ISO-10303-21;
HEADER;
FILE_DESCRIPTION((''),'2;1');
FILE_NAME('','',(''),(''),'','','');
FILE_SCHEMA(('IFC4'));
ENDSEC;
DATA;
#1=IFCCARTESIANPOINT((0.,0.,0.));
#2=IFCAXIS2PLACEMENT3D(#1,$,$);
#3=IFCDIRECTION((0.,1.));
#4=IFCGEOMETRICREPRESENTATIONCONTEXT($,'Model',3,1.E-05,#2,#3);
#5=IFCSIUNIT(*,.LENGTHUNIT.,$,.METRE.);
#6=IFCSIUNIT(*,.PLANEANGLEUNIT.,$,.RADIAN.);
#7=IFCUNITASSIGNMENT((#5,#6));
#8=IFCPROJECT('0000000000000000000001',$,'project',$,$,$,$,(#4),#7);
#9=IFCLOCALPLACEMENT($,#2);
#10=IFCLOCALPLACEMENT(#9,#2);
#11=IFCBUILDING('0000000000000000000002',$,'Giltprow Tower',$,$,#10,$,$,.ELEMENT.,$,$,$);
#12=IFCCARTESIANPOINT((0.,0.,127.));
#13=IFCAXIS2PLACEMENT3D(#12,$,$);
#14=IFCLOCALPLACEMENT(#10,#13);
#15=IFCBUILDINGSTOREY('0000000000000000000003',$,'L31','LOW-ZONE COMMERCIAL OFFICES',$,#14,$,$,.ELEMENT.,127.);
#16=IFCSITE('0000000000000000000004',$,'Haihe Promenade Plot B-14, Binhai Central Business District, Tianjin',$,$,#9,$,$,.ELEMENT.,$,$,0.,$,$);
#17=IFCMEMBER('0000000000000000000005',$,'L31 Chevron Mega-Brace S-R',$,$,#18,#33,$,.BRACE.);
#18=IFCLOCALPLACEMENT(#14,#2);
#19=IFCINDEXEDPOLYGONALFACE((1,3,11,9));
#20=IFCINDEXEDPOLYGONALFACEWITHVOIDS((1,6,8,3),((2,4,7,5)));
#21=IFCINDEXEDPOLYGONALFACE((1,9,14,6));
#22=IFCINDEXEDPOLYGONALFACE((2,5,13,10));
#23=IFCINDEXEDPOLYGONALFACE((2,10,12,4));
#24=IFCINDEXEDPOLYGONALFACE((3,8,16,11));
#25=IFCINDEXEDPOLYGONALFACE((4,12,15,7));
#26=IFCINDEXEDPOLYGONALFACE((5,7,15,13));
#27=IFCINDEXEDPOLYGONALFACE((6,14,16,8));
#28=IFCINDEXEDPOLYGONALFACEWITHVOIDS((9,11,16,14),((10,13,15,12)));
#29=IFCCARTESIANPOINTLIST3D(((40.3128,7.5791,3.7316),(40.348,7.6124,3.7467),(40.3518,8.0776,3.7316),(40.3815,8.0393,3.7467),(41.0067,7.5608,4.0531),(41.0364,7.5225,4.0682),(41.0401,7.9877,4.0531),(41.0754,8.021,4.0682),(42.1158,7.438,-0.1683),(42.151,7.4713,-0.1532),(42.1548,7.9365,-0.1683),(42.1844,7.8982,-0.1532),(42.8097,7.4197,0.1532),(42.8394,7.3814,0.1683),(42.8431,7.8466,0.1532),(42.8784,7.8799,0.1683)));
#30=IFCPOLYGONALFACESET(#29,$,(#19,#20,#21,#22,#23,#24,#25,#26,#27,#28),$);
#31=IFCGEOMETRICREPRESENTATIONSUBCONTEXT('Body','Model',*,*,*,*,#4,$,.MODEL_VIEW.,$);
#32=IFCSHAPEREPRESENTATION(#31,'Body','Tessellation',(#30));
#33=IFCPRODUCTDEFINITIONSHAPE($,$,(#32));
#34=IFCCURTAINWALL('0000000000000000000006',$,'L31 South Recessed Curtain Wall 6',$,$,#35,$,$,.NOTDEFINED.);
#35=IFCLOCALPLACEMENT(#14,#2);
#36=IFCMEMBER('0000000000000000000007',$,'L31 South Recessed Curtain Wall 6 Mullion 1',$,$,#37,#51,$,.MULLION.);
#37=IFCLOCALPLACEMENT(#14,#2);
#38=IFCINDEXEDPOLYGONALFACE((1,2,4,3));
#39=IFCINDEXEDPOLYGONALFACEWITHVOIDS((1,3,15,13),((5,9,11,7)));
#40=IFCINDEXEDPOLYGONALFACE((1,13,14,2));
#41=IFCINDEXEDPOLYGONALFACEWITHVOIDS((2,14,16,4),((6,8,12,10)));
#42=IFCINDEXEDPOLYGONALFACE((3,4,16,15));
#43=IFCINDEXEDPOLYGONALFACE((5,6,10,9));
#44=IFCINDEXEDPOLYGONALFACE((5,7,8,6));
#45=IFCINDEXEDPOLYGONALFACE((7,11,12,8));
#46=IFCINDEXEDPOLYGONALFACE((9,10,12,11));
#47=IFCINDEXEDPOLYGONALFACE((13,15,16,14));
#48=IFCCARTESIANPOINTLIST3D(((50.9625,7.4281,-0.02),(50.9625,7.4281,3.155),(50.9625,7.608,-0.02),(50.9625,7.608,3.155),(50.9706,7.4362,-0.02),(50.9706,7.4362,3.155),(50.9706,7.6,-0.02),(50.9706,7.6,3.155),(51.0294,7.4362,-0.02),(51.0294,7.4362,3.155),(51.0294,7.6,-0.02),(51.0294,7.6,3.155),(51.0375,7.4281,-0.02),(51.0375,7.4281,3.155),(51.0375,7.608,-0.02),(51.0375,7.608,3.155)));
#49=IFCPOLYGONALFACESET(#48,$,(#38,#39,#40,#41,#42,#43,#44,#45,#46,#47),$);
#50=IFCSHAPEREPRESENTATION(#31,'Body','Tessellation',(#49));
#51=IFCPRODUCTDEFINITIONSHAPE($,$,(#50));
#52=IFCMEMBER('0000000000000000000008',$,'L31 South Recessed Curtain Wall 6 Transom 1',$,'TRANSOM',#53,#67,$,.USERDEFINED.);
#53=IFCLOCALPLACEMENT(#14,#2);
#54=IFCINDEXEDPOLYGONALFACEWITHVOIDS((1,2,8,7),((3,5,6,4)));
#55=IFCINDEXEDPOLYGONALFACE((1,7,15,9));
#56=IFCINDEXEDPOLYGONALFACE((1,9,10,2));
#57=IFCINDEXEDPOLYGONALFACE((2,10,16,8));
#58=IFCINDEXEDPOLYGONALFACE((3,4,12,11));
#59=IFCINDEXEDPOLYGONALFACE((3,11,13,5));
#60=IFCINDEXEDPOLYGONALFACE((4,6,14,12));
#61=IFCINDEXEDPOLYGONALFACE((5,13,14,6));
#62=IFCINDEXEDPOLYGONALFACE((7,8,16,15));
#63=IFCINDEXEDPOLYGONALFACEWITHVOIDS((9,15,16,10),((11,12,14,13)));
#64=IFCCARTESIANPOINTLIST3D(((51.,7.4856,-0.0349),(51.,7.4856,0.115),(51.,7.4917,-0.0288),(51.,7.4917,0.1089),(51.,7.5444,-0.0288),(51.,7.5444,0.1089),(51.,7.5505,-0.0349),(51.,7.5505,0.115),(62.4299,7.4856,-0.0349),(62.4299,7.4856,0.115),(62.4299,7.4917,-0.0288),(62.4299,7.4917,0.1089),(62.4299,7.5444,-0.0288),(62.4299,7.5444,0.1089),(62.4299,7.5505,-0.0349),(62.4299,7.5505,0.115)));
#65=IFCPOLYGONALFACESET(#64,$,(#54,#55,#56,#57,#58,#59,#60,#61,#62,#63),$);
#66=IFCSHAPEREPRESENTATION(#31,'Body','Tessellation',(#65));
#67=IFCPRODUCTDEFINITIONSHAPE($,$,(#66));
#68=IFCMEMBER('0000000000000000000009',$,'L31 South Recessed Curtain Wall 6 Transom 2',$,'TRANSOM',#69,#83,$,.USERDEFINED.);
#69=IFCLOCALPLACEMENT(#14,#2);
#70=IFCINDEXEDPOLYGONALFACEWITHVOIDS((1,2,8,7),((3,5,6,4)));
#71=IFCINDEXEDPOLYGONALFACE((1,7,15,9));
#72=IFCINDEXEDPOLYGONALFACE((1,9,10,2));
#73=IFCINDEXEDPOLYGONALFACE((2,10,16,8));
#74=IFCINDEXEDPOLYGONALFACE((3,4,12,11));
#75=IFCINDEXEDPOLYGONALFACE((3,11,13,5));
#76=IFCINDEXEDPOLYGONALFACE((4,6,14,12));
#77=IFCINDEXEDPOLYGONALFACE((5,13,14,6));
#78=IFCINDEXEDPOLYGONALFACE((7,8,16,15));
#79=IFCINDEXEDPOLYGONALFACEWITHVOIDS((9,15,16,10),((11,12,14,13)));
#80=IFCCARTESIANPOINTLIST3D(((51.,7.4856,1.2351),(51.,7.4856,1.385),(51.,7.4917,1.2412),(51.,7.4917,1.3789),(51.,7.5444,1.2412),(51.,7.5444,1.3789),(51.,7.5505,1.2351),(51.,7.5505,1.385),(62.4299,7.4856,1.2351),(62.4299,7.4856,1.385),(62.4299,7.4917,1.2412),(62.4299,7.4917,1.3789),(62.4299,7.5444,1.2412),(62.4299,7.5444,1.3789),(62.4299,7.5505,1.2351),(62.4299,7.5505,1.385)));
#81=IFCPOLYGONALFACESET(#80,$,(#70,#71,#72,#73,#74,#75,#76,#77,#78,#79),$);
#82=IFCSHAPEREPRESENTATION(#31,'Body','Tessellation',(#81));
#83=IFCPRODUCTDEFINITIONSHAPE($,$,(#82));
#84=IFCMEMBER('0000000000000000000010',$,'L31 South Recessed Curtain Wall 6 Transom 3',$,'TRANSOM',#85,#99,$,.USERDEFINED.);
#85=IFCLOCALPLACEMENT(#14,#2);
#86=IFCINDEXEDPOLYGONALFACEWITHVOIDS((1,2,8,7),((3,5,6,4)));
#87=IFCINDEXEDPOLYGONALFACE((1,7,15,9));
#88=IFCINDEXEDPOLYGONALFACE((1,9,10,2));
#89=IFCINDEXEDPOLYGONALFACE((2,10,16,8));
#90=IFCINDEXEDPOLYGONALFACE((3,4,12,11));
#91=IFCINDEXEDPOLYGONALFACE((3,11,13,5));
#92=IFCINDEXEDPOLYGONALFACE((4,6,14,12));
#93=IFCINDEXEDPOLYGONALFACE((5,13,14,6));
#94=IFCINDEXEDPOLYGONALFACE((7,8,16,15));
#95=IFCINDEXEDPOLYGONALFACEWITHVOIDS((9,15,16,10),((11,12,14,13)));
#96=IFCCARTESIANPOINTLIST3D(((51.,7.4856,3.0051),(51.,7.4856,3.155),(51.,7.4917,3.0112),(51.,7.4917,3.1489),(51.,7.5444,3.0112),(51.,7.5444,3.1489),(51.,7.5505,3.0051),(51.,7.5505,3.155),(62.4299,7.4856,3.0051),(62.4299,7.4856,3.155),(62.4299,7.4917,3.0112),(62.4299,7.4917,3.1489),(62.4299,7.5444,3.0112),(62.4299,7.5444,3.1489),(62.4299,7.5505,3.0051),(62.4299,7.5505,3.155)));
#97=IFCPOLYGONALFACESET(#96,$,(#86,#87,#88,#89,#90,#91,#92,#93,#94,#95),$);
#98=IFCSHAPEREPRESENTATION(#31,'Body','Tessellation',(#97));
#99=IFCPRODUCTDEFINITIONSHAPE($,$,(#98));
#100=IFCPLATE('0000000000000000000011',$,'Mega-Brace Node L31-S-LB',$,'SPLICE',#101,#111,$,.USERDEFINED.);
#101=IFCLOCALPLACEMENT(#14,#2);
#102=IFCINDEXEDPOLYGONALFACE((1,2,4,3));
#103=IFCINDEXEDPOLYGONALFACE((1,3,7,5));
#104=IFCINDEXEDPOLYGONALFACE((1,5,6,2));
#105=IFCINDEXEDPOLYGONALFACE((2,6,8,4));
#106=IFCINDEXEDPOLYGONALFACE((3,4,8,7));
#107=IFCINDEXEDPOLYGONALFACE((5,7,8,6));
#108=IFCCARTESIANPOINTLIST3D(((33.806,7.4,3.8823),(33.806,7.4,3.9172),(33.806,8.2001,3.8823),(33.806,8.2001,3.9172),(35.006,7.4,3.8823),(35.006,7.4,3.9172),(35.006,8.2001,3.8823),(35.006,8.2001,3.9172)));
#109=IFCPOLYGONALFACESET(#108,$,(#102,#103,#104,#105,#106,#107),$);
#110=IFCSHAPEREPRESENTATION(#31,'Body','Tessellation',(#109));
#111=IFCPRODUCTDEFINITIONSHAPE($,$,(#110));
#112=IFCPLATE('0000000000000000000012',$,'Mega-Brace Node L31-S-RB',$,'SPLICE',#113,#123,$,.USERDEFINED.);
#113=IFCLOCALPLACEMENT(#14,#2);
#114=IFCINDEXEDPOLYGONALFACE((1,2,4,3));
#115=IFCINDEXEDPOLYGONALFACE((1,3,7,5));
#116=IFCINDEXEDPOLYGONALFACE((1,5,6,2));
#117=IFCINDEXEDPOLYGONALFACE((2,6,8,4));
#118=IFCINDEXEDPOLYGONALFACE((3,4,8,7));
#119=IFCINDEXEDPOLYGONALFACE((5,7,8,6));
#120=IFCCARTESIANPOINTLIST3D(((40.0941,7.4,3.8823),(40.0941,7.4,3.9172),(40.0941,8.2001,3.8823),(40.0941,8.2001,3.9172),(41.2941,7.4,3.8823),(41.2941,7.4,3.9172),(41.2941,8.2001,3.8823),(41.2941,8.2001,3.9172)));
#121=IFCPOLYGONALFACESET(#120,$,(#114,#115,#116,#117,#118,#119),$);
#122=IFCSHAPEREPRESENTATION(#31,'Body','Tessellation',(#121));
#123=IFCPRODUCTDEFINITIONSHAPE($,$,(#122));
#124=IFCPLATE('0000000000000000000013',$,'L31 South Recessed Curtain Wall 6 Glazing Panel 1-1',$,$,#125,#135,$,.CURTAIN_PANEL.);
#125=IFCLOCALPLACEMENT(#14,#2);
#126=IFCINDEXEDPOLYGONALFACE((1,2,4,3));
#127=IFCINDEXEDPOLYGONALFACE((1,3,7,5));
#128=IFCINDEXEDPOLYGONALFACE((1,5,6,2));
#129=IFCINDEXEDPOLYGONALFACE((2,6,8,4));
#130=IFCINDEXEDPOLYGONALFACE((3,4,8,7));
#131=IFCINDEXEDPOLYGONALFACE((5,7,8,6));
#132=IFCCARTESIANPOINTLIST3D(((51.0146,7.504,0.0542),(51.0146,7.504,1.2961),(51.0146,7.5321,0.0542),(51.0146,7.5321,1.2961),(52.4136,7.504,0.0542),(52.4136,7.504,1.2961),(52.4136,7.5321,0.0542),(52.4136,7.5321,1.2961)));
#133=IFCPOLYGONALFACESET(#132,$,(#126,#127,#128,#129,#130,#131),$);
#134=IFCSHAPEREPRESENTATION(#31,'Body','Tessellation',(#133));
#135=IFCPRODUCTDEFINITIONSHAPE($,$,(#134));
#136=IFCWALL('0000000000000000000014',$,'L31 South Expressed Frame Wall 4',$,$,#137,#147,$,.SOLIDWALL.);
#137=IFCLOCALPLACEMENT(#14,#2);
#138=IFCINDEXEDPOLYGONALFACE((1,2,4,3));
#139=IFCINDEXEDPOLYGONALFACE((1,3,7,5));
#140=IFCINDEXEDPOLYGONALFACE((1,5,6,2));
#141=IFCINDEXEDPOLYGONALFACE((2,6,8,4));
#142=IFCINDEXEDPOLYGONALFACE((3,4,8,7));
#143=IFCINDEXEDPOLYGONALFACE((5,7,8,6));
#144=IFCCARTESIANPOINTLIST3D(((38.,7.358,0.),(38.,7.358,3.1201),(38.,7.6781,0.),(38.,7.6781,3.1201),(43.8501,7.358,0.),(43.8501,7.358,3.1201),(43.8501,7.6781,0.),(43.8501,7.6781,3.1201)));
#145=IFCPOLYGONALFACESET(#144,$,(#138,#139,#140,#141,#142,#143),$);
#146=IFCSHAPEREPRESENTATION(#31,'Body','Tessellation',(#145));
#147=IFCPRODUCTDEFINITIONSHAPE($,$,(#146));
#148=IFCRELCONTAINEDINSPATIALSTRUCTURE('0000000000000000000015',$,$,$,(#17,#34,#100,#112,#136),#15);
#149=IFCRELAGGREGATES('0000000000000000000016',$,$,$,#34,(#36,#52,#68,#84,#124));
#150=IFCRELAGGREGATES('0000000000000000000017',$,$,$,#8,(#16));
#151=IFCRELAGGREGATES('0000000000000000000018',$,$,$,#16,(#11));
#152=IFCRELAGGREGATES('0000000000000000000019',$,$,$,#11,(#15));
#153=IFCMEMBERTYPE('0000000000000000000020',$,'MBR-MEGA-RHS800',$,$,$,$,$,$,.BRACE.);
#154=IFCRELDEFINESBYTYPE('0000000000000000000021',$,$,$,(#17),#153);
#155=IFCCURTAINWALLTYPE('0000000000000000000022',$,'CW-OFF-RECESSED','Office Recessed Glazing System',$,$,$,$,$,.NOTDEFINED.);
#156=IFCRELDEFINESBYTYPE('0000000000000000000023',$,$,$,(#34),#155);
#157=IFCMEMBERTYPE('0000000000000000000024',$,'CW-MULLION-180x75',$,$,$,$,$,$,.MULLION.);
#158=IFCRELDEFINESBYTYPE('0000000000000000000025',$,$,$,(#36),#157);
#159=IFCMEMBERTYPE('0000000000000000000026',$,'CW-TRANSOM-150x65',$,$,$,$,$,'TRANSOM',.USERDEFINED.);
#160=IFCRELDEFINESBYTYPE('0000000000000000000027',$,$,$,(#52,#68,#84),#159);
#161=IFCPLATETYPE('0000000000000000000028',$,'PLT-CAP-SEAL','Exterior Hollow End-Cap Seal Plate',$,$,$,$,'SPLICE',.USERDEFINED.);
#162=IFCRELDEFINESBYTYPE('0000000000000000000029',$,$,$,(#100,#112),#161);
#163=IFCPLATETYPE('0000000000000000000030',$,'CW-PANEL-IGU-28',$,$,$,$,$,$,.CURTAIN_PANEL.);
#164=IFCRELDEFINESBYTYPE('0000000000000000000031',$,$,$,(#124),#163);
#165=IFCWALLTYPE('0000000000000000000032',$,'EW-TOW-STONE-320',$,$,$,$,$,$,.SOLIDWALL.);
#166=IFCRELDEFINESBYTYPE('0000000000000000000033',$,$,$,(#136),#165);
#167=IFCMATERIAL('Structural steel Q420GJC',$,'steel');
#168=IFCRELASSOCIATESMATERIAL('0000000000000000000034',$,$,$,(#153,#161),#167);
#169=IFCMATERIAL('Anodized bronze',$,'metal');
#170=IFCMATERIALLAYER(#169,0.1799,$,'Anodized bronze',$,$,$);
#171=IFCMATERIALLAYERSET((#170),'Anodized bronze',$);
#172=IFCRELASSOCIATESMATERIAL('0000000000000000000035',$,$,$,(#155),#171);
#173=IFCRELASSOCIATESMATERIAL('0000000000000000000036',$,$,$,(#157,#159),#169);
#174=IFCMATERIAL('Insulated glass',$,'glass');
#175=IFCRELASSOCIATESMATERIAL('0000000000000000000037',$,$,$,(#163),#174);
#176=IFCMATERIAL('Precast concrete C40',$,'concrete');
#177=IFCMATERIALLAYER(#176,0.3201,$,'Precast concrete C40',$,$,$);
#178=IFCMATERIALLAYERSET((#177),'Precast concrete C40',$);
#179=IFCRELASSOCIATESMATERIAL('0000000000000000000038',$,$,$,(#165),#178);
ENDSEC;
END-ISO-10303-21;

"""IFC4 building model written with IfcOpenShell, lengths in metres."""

from ifc_helpers import new_model, si_unit, direction, frame, frame_2d, origin, origin_2d, place, context, subcontext, project, spatial, rectangle, hollow_rectangle, extrude, source, transform, mapped, material, layer, layer_set, material_profile, profile_set, type_object, element, aggregate, save


model = new_model("IFC4")

# Units and contexts
model_context = context("Model", 3, precision=1e-05, world=origin(), true_north=direction((0.0, 1.0)))
body_context = subcontext(model_context, "Body", "Model", "MODEL_VIEW")
ifc_project = project(units=[si_unit("LENGTHUNIT", "METRE"), si_unit("PLANEANGLEUNIT", "RADIAN")], contexts=[model_context])

# Site, building, storey
site_placement = place(None, origin())
site = spatial("IfcSite", under=ifc_project, at=site_placement, Name="Haihe Promenade Plot B-14, Binhai Central Business District, Tianjin", CompositionType="ELEMENT", RefElevation=0.0)
building_placement = place(site_placement, origin())
building = spatial("IfcBuilding", under=site, at=building_placement, Name="Giltprow Tower", CompositionType="ELEMENT")
storey_placement = place(building_placement, frame((0.0, 0.0, 127.0)))
storey = spatial("IfcBuildingStorey", under=building, at=storey_placement, Name="L31", Description="LOW-ZONE COMMERCIAL OFFICES", CompositionType="ELEMENT", Elevation=127.0)

# Shared definitions
ifc_material_1 = material(Name="Structural steel Q420GJC", Category="steel")

# Member
ifc_material_profile_1 = material_profile(ifc_material_1, hollow_rectangle(XDim=0.5, YDim=0.8, WallThickness=0.0359, at=origin_2d()), Name="RHS 800x500x36")
ifc_profile_set_1 = profile_set([ifc_material_profile_1], Name="Structural steel Q420GJC")
member_type_1 = type_object("IfcMemberType", Name="MBR-MEGA-RHS800", PredefinedType="BRACE", material=ifc_profile_set_1)
shared_shape_1 = source(origin(), body_context, "Body", "SweptSolid", [
    extrude(hollow_rectangle(XDim=0.5, YDim=0.8, WallThickness=0.0359, at=origin_2d()), origin(), (0.0, 0.0, 1.0), 4.2988),
])
for number, where, z_axis, x_axis, name in (
    (1, (42.4971, 7.6589, 0.0), (-0.419412, 0.032826, 0.907202), (-0.078028, -0.996951, 0.0), "L31 Chevron Mega-Brace S-R"),
):
    element("IfcMember", number, at=place(storey_placement, frame(where, z_axis=z_axis, x_axis=x_axis)), inside=storey, type_object=member_type_1, Name=name, PredefinedType="BRACE", context=body_context, shape_type="MappedRepresentation", body=[
        mapped(shared_shape_1, transform((0.0, 0.0, 0.0), x_axis=(1.0, 0.0, 0.0), y_axis=(0.0, 1.0, 0.0), z_axis=(0.0, 0.0, 1.0), scale=1.0)),
    ])

# Curtain wall, members
ifc_material_2 = material(Name="Anodized bronze", Category="metal")
ifc_layer_1 = layer(ifc_material_2, 0.1799, Name="Anodized bronze")
ifc_layer_set_1 = layer_set([ifc_layer_1], Name="Anodized bronze")
curtain_wall_type = type_object("IfcCurtainWallType", Name="CW-OFF-RECESSED", Description="Office Recessed Glazing System", PredefinedType="NOTDEFINED", material=ifc_layer_set_1)
curtain_wall_placement = place(storey_placement, origin())
curtain_wall = element("IfcCurtainWall", 2, at=curtain_wall_placement, inside=storey, type_object=curtain_wall_type, Name="L31 South Recessed Curtain Wall 6", PredefinedType="NOTDEFINED")
ifc_material_profile_2 = material_profile(ifc_material_2, hollow_rectangle(XDim=0.075, YDim=0.1799, WallThickness=0.0081, at=origin_2d()), Name="RHS 180x75x8")
ifc_profile_set_2 = profile_set([ifc_material_profile_2], Name="Anodized bronze")
member_type_2 = type_object("IfcMemberType", Name="CW-MULLION-180x75", PredefinedType="MULLION", material=ifc_profile_set_2)
shared_shape_2 = source(origin(), body_context, "Body", "SweptSolid", [
    extrude(hollow_rectangle(XDim=0.075, YDim=0.1799, WallThickness=0.0081, at=origin_2d()), origin(), (0.0, 0.0, 1.0), 3.175),
])
member_1_placement = place(storey_placement, frame((51.0, 7.5181, -0.02), z_axis=(0.0, 0.0, 1.0), x_axis=(1.0, 0.0, 0.0)))
member_1 = element("IfcMember", 3, at=member_1_placement, type_object=member_type_2, Name="L31 South Recessed Curtain Wall 6 Mullion 1", PredefinedType="MULLION", context=body_context, shape_type="MappedRepresentation", body=[
    mapped(shared_shape_2, transform((0.0, 0.0, 0.0), x_axis=(1.0, 0.0, 0.0), y_axis=(0.0, 1.0, 0.0), z_axis=(0.0, 0.0, 1.0), scale=1.0)),
])
ifc_material_profile_3 = material_profile(ifc_material_2, hollow_rectangle(XDim=0.0649, YDim=0.1499, WallThickness=0.0061, at=origin_2d()), Name="RHS 150x65x6")
ifc_profile_set_3 = profile_set([ifc_material_profile_3], Name="Anodized bronze")
member_type_3 = type_object("IfcMemberType", Name="CW-TRANSOM-150x65", ElementType="TRANSOM", PredefinedType="USERDEFINED", material=ifc_profile_set_3)
shared_shape_3 = source(origin(), body_context, "Body", "SweptSolid", [
    extrude(hollow_rectangle(XDim=0.0649, YDim=0.1499, WallThickness=0.0061, at=origin_2d()), origin(), (0.0, 0.0, 1.0), 11.4299),
])
member_2_placement = place(storey_placement, frame((51.0, 7.5181, 0.04), z_axis=(1.0, 0.0, 0.0), x_axis=(0.0, 1.0, 0.0)))
member_2 = element("IfcMember", 4, at=member_2_placement, type_object=member_type_3, Name="L31 South Recessed Curtain Wall 6 Transom 1", ObjectType="TRANSOM", PredefinedType="USERDEFINED", context=body_context, shape_type="MappedRepresentation", body=[
    mapped(shared_shape_3, transform((0.0, 0.0, 0.0), x_axis=(1.0, 0.0, 0.0), y_axis=(0.0, 1.0, 0.0), z_axis=(0.0, 0.0, 1.0), scale=1.0)),
])
member_3_placement = place(storey_placement, frame((51.0, 7.5181, 1.3101), z_axis=(1.0, 0.0, 0.0), x_axis=(0.0, 1.0, 0.0)))
member_3 = element("IfcMember", 5, at=member_3_placement, type_object=member_type_3, Name="L31 South Recessed Curtain Wall 6 Transom 2", ObjectType="TRANSOM", PredefinedType="USERDEFINED", context=body_context, shape_type="MappedRepresentation", body=[
    mapped(shared_shape_3, transform((0.0, 0.0, 0.0), x_axis=(1.0, 0.0, 0.0), y_axis=(0.0, 1.0, 0.0), z_axis=(0.0, 0.0, 1.0), scale=1.0)),
])
member_4_placement = place(storey_placement, frame((51.0, 7.5181, 3.0801), z_axis=(1.0, 0.0, 0.0), x_axis=(0.0, 1.0, 0.0)))
member_4 = element("IfcMember", 6, at=member_4_placement, type_object=member_type_3, Name="L31 South Recessed Curtain Wall 6 Transom 3", ObjectType="TRANSOM", PredefinedType="USERDEFINED", context=body_context, shape_type="MappedRepresentation", body=[
    mapped(shared_shape_3, transform((0.0, 0.0, 0.0), x_axis=(1.0, 0.0, 0.0), y_axis=(0.0, 1.0, 0.0), z_axis=(0.0, 0.0, 1.0), scale=1.0)),
])

# Plates
plate_type_1 = type_object("IfcPlateType", Name="PLT-CAP-SEAL", Description="Exterior Hollow End-Cap Seal Plate", ElementType="SPLICE", PredefinedType="USERDEFINED", material=ifc_material_1)
shared_shape_4 = source(origin(), body_context, "Body", "SweptSolid", [
    extrude(rectangle(XDim=1.2, YDim=0.8, at=origin_2d()), origin(), (0.0, 0.0, 1.0), 0.0349),
])
for number, where, z_axis, x_axis, name in (
    (7, (34.406, 7.8, 3.8823), (0.0, 0.0, 1.0), (1.0, 0.0, 0.0), "Mega-Brace Node L31-S-LB"),
    (8, (40.6941, 7.8, 3.8823), (0.0, 0.0, 1.0), (1.0, 0.0, 0.0), "Mega-Brace Node L31-S-RB"),
):
    element("IfcPlate", number, at=place(storey_placement, frame(where, z_axis=z_axis, x_axis=x_axis)), inside=storey, type_object=plate_type_1, Name=name, ObjectType="SPLICE", PredefinedType="USERDEFINED", context=body_context, shape_type="MappedRepresentation", body=[
        mapped(shared_shape_4, transform((0.0, 0.0, 0.0), x_axis=(1.0, 0.0, 0.0), y_axis=(0.0, 1.0, 0.0), z_axis=(0.0, 0.0, 1.0), scale=1.0)),
    ])

# Plate
ifc_material_3 = material(Name="Insulated glass", Category="glass")
plate_type_2 = type_object("IfcPlateType", Name="CW-PANEL-IGU-28", PredefinedType="CURTAIN_PANEL", material=ifc_material_3)
shared_shape_5 = source(origin(), body_context, "Body", "SweptSolid", [
    extrude(rectangle(XDim=1.3989, YDim=0.0281, at=origin_2d()), origin(), (0.0, 0.0, 1.0), 1.2419),
])
plate_placement = place(storey_placement, frame((51.7141, 7.5181, 0.0542), z_axis=(0.0, 0.0, 1.0), x_axis=(1.0, 0.0, 0.0)))
plate = element("IfcPlate", 9, at=plate_placement, type_object=plate_type_2, Name="L31 South Recessed Curtain Wall 6 Glazing Panel 1-1", PredefinedType="CURTAIN_PANEL", context=body_context, shape_type="MappedRepresentation", body=[
    mapped(shared_shape_5, transform((0.0, 0.0, 0.0), x_axis=(1.0, 0.0, 0.0), y_axis=(0.0, 1.0, 0.0), z_axis=(0.0, 0.0, 1.0), scale=1.0)),
])
aggregate(curtain_wall, [member_1, member_2, member_3, member_4, plate])

# Wall
ifc_material_4 = material(Name="Precast concrete C40", Category="concrete")
ifc_layer_2 = layer(ifc_material_4, 0.3201, Name="Precast concrete C40")
ifc_layer_set_2 = layer_set([ifc_layer_2], Name="Precast concrete C40")
wall_type_1 = type_object("IfcWallType", Name="EW-TOW-STONE-320", PredefinedType="SOLIDWALL", material=ifc_layer_set_2)
wall_1_placement = place(storey_placement, frame((38.0, 7.5181, 0.0), z_axis=(0.0, 0.0, 1.0), x_axis=(1.0, 0.0, 0.0)))
element("IfcWall", 10, at=wall_1_placement, inside=storey, type_object=wall_type_1, Name="L31 South Expressed Frame Wall 4", PredefinedType="SOLIDWALL", context=body_context, shape_type="SweptSolid", body=[
    extrude(rectangle(XDim=5.8501, YDim=0.3201, at=frame_2d((2.925, 0.0))), origin(), (0.0, 0.0, 1.0), 3.1201),
])

save(model, "model.ifc")
